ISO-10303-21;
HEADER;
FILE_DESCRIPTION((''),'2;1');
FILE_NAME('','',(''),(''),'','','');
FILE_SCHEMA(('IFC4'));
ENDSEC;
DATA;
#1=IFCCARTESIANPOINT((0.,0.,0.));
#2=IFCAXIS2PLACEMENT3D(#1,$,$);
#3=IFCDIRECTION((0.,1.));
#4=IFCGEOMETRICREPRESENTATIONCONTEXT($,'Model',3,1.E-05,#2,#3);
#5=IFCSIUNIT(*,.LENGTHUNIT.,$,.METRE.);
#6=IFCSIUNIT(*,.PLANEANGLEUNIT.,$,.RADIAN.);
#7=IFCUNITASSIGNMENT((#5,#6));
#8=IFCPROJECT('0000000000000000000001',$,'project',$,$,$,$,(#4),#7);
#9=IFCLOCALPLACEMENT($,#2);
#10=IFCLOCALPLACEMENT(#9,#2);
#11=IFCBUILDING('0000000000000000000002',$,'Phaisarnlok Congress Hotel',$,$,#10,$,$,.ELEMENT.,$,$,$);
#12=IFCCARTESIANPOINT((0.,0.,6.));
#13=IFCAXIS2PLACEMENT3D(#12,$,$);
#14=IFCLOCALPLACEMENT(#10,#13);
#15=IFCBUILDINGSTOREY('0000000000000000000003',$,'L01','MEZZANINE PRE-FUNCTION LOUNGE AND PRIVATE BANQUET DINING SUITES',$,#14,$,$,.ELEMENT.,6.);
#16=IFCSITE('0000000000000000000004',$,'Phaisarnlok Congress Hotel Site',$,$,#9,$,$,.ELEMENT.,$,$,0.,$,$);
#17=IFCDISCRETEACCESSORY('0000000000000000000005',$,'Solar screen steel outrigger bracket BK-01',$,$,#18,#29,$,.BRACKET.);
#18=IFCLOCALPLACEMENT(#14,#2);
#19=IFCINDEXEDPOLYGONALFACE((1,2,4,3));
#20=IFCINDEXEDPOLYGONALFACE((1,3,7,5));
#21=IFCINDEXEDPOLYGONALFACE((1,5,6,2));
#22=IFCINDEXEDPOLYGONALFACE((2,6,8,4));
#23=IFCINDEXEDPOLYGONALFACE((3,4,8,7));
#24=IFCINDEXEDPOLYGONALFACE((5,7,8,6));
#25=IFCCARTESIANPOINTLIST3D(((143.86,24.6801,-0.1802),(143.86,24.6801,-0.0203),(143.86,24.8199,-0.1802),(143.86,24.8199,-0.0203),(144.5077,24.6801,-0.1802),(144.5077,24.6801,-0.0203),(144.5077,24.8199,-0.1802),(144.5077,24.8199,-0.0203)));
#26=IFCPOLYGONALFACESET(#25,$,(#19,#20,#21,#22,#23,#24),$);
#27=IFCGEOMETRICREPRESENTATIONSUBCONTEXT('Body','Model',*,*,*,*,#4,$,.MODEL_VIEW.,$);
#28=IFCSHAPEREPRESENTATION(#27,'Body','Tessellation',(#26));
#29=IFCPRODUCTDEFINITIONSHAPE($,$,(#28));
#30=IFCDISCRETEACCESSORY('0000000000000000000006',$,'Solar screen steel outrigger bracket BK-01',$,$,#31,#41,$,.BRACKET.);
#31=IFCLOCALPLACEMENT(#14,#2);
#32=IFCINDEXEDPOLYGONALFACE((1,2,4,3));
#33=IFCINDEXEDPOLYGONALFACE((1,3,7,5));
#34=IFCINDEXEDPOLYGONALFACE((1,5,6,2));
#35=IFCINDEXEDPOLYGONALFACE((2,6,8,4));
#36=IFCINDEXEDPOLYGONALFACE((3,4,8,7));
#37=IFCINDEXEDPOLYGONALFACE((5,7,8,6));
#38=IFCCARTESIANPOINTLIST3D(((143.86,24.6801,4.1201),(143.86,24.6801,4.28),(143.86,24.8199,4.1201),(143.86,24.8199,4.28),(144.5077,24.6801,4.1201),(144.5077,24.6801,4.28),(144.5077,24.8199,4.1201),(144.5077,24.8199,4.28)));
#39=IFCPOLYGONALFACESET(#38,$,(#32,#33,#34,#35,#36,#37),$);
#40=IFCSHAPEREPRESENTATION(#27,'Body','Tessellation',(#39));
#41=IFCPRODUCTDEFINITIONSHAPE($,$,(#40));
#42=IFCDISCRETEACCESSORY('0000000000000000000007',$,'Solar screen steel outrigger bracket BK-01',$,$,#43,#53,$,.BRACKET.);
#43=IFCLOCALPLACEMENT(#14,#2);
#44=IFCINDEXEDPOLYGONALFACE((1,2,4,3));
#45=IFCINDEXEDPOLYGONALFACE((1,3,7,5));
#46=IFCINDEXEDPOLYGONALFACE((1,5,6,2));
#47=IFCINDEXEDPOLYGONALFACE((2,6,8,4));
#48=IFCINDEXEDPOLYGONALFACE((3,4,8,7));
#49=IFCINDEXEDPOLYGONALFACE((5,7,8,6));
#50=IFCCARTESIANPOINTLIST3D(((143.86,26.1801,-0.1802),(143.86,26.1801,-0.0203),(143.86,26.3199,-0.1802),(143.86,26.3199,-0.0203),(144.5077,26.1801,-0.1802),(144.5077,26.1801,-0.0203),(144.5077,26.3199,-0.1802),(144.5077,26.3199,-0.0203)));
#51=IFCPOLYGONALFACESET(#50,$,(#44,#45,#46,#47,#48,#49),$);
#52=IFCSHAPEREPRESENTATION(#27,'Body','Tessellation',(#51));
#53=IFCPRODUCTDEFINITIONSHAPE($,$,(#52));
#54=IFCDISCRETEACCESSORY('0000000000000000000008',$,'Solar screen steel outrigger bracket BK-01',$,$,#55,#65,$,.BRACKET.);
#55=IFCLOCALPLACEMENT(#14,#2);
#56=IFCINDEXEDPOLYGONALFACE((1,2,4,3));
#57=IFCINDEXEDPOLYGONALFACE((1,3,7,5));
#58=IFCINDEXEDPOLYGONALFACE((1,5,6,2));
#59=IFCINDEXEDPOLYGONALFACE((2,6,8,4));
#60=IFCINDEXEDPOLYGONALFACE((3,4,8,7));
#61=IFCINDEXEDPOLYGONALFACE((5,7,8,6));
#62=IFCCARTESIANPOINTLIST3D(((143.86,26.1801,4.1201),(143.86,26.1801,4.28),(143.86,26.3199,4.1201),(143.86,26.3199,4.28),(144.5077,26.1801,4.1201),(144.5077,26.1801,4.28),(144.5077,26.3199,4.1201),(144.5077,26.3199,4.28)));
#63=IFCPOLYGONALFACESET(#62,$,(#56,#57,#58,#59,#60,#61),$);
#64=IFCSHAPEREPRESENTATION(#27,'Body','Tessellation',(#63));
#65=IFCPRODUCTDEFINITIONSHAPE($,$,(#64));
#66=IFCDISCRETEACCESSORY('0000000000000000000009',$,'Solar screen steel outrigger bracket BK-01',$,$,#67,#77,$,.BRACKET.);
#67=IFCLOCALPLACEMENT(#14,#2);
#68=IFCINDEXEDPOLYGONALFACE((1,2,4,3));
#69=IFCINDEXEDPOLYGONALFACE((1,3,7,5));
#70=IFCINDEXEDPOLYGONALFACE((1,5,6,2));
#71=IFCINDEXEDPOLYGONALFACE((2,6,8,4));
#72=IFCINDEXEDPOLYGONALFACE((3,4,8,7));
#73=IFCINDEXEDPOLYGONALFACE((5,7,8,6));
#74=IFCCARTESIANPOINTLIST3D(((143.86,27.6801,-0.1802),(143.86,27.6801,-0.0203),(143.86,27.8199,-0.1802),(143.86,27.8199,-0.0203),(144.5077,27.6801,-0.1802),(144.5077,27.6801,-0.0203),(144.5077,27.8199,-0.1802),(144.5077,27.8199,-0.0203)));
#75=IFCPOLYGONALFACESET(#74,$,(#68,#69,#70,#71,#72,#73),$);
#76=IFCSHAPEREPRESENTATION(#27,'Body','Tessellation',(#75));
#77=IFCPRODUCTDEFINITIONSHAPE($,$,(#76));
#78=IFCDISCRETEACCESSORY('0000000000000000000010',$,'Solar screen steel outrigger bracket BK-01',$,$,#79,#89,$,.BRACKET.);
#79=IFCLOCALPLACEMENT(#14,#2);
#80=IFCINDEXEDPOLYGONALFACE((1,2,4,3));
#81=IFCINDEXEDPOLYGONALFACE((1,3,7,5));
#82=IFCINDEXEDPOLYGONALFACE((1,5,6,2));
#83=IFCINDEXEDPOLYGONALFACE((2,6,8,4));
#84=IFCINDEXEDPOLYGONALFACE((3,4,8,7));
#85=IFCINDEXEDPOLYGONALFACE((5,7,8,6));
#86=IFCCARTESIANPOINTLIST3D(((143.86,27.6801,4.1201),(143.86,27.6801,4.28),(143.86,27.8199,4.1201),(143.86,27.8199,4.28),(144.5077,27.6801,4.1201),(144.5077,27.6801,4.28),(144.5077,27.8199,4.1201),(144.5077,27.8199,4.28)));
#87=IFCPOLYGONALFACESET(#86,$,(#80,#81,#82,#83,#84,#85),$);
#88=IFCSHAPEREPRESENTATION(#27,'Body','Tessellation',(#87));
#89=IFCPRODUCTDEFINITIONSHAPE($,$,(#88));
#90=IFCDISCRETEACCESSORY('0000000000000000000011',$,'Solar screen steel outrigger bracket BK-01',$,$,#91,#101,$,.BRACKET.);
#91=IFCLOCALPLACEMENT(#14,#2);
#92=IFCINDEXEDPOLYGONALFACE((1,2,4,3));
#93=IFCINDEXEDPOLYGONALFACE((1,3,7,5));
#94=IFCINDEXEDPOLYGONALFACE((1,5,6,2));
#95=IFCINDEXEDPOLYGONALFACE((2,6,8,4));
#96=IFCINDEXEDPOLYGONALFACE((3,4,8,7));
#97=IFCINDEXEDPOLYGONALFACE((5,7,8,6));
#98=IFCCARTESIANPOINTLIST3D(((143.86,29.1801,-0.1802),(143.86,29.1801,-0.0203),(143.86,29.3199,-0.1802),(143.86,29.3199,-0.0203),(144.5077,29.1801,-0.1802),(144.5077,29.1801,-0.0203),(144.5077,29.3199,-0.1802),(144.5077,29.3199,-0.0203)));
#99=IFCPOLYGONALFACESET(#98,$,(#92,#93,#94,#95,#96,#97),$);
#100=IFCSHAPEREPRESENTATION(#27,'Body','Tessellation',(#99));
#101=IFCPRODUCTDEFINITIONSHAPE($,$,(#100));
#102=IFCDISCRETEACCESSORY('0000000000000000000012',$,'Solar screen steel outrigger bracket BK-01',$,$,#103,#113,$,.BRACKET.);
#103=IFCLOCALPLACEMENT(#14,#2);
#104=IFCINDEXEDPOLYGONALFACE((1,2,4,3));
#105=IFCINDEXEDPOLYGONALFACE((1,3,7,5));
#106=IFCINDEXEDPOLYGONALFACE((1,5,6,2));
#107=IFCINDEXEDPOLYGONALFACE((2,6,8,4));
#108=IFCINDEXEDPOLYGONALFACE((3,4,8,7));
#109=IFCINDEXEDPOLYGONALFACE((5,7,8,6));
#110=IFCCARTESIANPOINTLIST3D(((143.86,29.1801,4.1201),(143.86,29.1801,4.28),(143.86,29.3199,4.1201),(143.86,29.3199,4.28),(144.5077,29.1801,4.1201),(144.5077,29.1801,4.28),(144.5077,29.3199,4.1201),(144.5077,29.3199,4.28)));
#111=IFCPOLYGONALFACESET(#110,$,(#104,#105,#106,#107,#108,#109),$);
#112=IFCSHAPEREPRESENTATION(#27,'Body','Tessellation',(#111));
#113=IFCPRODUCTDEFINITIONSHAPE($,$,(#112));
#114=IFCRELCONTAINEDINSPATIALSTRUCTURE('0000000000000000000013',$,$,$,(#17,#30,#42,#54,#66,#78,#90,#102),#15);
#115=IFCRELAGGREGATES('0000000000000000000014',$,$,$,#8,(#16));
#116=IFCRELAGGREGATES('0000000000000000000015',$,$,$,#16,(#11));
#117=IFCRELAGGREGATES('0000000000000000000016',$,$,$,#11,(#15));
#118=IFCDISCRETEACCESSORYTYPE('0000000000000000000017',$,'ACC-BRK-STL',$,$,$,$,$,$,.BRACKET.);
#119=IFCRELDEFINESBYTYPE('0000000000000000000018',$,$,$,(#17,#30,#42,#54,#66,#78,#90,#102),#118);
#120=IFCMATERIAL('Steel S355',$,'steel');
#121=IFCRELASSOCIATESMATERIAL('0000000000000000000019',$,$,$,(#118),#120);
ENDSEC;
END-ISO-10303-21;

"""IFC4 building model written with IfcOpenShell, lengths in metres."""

from ifc_helpers import new_model, si_unit, direction, frame, origin, origin_2d, place, context, subcontext, project, spatial, rectangle, extrude, material, type_object, element, save


model = new_model("IFC4")

# Units and contexts
model_context = context("Model", 3, precision=1e-05, world=origin(), true_north=direction((0.0, 1.0)))
body_context = subcontext(model_context, "Body", "Model", "MODEL_VIEW")
ifc_project = project(units=[si_unit("LENGTHUNIT", "METRE"), si_unit("PLANEANGLEUNIT", "RADIAN")], contexts=[model_context])

# Site, building, storey
site_placement = place(None, origin())
site = spatial("IfcSite", under=ifc_project, at=site_placement, Name="Phaisarnlok Congress Hotel Site", CompositionType="ELEMENT", RefElevation=0.0)
building_placement = place(site_placement, origin())
building = spatial("IfcBuilding", under=site, at=building_placement, Name="Phaisarnlok Congress Hotel", CompositionType="ELEMENT")
storey_placement = place(building_placement, frame((0.0, 0.0, 6.0)))
storey = spatial("IfcBuildingStorey", under=building, at=storey_placement, Name="L01", Description="MEZZANINE PRE-FUNCTION LOUNGE AND PRIVATE BANQUET DINING SUITES", CompositionType="ELEMENT", Elevation=6.0)

# Shared definitions
ifc_material_1 = material(Name="Steel S355", Category="steel")

# Discrete accessories
discrete_accessory_type = type_object("IfcDiscreteAccessoryType", Name="ACC-BRK-STL", PredefinedType="BRACKET", material=ifc_material_1)
for number, where, z_axis, x_axis, name in (
    (1, (144.1838, 24.75, -0.1802), (0.0, 0.0, 1.0), (1.0, 0.0, 0.0), "Solar screen steel outrigger bracket BK-01"),
    (2, (144.1838, 24.75, 4.1201), (0.0, 0.0, 1.0), (1.0, 0.0, 0.0), "Solar screen steel outrigger bracket BK-01"),
    (3, (144.1838, 26.25, -0.1802), (0.0, 0.0, 1.0), (1.0, 0.0, 0.0), "Solar screen steel outrigger bracket BK-01"),
    (4, (144.1838, 26.25, 4.1201), (0.0, 0.0, 1.0), (1.0, 0.0, 0.0), "Solar screen steel outrigger bracket BK-01"),
    (5, (144.1838, 27.75, -0.1802), (0.0, 0.0, 1.0), (1.0, 0.0, 0.0), "Solar screen steel outrigger bracket BK-01"),
    (6, (144.1838, 27.75, 4.1201), (0.0, 0.0, 1.0), (1.0, 0.0, 0.0), "Solar screen steel outrigger bracket BK-01"),
    (7, (144.1838, 29.25, -0.1802), (0.0, 0.0, 1.0), (1.0, 0.0, 0.0), "Solar screen steel outrigger bracket BK-01"),
    (8, (144.1838, 29.25, 4.1201), (0.0, 0.0, 1.0), (1.0, 0.0, 0.0), "Solar screen steel outrigger bracket BK-01"),
):
    element("IfcDiscreteAccessory", number, at=place(storey_placement, frame(where, z_axis=z_axis, x_axis=x_axis)), inside=storey, type_object=discrete_accessory_type, Name=name, PredefinedType="BRACKET", context=body_context, shape_type="SweptSolid", body=[
        extrude(rectangle(XDim=0.6477, YDim=0.1399, at=origin_2d()), origin(), (0.0, 0.0, 1.0), 0.1599),
    ])

save(model, "model.ifc")
